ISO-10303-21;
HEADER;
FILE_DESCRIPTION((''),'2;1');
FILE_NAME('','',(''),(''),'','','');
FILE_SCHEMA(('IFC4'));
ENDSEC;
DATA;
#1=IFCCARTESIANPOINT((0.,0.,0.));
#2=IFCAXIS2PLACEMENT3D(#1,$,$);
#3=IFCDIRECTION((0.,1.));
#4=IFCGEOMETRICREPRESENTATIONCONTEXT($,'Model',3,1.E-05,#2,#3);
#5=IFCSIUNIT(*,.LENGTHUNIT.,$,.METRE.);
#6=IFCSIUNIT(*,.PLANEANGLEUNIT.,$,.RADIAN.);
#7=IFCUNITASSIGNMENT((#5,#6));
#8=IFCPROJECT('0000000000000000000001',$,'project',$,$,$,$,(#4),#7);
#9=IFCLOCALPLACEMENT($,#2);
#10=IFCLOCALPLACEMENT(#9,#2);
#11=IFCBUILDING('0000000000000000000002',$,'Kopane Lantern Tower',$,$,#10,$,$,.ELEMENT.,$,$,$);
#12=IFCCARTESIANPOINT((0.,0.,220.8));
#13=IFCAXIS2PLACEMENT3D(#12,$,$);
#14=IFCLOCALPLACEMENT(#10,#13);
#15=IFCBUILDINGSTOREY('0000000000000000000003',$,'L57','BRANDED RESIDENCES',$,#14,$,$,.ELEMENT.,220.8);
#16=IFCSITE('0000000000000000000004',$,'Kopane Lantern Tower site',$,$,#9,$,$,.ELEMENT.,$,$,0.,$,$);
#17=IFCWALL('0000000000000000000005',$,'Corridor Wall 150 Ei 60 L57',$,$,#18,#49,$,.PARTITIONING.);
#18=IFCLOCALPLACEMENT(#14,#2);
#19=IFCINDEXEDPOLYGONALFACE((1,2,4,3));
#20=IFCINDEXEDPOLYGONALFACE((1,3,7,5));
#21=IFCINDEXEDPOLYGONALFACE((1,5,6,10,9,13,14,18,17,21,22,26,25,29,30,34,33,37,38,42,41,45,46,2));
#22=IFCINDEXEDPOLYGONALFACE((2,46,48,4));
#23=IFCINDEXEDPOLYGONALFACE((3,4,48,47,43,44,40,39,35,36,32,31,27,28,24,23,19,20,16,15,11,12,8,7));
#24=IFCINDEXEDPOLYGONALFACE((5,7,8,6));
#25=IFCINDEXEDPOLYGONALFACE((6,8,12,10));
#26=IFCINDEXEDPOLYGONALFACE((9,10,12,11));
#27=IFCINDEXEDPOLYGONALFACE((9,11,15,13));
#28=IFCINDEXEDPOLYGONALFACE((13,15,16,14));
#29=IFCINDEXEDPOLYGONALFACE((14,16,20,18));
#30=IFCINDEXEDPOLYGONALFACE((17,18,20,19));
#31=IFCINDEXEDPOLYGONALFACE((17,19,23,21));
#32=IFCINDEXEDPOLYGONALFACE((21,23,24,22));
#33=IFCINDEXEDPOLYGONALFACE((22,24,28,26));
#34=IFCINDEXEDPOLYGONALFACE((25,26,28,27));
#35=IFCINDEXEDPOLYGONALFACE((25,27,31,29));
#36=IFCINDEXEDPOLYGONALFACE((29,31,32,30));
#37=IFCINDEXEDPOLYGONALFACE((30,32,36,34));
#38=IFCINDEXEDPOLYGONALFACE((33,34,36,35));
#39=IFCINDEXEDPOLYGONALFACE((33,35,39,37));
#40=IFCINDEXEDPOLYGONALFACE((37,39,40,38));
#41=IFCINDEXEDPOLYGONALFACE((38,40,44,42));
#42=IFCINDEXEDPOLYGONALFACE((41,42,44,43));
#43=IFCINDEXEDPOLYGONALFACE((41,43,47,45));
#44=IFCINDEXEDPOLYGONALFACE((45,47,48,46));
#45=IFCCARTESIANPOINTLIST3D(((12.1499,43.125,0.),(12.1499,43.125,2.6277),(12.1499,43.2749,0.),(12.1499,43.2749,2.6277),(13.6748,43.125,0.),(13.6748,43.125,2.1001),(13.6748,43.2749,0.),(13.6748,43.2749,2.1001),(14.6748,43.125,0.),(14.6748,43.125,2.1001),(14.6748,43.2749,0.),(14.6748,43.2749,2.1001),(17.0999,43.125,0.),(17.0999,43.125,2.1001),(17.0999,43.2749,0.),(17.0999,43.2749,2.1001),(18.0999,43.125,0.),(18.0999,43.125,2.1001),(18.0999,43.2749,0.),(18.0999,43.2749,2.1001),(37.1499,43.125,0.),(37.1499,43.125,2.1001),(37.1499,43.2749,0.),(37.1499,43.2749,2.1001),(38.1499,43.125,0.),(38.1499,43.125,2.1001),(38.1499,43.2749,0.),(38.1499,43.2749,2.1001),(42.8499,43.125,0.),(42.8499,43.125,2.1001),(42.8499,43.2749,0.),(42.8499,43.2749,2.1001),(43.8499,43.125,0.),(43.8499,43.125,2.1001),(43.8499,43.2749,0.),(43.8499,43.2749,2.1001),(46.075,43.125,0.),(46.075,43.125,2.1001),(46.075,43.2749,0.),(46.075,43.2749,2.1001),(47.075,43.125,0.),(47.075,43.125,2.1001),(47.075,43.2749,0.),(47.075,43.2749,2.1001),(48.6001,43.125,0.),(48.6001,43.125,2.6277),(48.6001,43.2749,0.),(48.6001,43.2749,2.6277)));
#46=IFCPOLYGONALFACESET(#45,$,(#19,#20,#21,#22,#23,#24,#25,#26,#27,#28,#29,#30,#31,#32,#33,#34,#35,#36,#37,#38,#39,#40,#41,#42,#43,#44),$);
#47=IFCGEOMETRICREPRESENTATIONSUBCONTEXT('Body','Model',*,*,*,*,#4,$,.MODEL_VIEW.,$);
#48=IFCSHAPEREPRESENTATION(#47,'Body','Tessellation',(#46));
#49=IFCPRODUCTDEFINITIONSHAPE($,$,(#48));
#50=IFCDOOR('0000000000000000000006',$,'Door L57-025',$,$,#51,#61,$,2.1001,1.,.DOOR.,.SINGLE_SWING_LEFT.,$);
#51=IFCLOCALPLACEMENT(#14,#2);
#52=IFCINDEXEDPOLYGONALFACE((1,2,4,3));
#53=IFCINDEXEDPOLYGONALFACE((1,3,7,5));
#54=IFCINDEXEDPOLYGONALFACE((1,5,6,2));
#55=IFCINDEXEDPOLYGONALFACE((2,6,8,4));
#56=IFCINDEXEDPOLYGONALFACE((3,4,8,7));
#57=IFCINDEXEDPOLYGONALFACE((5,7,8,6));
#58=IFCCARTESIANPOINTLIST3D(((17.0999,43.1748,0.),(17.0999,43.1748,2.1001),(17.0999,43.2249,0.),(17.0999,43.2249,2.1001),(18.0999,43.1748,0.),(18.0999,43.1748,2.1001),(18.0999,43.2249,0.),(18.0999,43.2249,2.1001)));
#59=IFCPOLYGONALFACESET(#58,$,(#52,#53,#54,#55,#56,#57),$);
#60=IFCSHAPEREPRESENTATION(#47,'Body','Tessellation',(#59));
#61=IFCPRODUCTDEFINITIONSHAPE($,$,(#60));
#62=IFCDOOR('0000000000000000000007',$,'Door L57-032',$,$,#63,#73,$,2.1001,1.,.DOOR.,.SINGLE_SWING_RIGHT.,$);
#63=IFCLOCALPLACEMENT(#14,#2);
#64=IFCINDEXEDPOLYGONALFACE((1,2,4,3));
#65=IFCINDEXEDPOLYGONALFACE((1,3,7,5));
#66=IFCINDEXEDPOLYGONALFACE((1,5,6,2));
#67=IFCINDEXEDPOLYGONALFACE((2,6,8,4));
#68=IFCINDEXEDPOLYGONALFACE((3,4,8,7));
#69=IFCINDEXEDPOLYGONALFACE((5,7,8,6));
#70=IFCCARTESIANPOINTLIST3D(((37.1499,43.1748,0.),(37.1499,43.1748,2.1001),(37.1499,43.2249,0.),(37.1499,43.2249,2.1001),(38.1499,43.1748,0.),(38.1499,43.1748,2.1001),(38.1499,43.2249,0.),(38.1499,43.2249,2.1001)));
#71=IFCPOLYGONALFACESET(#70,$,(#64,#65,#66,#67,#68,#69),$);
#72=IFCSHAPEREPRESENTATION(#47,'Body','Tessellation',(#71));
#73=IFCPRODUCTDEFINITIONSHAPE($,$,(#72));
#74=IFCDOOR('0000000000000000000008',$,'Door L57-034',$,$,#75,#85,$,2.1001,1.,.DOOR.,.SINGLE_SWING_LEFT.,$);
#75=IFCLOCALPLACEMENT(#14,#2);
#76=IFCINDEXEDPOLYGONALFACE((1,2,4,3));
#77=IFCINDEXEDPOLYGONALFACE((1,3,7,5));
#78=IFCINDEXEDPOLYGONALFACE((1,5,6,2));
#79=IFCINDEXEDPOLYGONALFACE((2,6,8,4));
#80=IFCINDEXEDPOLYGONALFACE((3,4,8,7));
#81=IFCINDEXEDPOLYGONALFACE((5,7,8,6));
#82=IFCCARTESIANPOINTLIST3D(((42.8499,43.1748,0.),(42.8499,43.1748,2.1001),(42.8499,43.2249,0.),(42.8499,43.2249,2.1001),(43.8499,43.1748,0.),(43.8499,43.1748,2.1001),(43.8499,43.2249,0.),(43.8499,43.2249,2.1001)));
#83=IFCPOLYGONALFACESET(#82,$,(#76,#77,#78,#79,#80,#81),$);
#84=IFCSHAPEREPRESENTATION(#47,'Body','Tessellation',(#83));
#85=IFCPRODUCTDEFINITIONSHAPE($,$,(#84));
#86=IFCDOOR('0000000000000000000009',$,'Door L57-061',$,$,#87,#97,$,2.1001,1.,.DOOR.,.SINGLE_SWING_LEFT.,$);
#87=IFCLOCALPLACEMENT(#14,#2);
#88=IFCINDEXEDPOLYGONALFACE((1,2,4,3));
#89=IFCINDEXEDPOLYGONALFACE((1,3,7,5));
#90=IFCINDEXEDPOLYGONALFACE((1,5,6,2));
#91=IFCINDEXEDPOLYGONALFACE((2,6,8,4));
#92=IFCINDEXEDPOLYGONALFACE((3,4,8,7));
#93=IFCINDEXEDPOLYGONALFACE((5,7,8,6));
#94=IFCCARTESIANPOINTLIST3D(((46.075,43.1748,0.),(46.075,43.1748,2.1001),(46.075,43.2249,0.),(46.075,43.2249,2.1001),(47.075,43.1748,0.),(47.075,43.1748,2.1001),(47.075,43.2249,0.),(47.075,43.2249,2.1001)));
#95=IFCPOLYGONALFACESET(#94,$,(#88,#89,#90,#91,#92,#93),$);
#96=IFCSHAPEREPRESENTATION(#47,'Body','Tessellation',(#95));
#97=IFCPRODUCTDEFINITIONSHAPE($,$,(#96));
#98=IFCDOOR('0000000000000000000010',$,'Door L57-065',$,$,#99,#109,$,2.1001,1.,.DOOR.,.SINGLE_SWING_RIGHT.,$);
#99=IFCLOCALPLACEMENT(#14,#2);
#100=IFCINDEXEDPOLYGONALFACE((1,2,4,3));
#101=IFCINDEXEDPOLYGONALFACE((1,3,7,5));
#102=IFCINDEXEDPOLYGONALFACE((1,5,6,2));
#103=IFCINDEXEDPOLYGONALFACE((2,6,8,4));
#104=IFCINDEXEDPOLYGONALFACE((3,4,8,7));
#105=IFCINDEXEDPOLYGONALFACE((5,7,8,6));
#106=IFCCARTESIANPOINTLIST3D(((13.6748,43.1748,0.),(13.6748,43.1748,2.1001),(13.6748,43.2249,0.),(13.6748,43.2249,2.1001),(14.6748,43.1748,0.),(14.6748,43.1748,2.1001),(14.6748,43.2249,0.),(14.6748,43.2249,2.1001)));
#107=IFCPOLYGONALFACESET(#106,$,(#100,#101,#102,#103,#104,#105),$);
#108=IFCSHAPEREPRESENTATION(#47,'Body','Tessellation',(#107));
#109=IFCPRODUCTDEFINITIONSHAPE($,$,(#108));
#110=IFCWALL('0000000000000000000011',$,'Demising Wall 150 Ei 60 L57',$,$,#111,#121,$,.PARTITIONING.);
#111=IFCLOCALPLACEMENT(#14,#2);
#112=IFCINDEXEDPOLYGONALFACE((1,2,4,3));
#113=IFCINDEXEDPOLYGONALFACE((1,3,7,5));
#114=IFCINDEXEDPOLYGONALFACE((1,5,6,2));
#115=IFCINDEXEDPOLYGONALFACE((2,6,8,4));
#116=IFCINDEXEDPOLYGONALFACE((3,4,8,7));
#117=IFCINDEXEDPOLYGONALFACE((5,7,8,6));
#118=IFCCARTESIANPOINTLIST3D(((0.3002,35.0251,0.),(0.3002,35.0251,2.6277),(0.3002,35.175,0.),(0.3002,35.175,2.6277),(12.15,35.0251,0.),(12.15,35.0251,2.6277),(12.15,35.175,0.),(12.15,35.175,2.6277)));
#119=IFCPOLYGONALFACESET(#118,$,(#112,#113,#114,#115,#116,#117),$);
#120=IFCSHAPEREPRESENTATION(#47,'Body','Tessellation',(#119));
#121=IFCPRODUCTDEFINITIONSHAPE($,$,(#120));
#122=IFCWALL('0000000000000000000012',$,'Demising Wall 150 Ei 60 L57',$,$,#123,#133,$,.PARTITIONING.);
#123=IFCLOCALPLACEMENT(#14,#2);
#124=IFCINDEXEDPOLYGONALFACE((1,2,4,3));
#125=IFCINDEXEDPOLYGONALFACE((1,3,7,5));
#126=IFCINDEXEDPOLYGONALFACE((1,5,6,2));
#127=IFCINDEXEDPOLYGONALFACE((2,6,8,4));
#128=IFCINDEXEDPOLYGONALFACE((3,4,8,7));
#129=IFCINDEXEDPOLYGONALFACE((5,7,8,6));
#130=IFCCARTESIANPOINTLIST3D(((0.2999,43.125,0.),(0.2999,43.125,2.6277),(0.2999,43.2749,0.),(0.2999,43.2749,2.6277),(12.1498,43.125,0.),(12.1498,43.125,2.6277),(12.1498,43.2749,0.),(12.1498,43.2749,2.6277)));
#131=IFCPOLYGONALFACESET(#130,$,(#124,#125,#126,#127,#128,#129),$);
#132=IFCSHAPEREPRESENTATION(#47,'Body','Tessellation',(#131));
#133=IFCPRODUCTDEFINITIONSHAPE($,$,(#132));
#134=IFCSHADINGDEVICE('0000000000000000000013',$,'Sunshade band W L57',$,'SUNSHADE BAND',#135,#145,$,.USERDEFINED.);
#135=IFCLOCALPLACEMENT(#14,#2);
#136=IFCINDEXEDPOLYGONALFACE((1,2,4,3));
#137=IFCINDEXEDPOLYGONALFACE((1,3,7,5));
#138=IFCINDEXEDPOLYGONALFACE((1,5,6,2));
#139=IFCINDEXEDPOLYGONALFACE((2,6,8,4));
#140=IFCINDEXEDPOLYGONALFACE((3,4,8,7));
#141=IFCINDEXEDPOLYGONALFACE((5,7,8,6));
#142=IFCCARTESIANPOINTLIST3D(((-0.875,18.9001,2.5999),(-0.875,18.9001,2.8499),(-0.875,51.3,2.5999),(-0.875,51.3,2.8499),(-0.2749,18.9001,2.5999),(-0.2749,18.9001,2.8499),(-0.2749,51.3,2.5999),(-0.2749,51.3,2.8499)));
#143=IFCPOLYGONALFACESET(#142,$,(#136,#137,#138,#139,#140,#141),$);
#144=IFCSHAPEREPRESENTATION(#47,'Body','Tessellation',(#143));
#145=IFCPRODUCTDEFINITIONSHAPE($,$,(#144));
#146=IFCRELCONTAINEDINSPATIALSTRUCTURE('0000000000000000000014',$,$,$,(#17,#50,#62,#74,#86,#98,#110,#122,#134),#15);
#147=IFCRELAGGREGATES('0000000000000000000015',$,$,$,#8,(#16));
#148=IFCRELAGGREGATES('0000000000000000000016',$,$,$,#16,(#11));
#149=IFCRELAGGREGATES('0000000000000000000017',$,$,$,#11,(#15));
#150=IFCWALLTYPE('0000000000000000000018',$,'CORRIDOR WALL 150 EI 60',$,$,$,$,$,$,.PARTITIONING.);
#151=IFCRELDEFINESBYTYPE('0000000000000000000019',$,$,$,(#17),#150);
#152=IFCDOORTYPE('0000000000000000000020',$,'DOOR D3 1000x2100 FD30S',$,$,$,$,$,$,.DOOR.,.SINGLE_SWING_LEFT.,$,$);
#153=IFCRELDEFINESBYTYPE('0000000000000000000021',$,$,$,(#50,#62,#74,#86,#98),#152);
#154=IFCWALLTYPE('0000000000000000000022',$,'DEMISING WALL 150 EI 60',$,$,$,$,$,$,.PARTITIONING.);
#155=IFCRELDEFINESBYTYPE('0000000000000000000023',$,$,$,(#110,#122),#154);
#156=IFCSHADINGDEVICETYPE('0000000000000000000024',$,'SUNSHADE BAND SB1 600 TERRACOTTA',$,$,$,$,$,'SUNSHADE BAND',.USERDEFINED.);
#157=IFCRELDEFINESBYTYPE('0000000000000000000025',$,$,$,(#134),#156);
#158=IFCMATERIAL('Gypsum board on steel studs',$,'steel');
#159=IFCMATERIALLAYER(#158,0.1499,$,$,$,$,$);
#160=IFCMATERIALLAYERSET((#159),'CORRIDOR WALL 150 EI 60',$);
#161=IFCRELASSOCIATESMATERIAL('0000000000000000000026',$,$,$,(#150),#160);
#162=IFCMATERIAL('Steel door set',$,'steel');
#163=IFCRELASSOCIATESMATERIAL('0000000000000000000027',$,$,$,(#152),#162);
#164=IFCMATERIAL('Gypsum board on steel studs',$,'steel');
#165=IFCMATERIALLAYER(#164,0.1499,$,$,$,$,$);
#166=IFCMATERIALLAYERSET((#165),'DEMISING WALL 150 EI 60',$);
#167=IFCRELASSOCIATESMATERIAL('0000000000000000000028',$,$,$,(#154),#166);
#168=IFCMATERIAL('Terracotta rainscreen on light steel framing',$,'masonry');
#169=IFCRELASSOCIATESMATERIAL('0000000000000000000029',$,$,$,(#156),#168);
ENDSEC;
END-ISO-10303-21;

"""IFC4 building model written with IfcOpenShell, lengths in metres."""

from ifc_helpers import new_model, si_unit, direction, frame, frame_2d, origin, origin_2d, place, context, subcontext, project, spatial, rectangle, extrude, material, layer, layer_set, type_object, element, fill, save


model = new_model("IFC4")

# Units and contexts
model_context = context("Model", 3, precision=1e-05, world=origin(), true_north=direction((0.0, 1.0)))
body_context = subcontext(model_context, "Body", "Model", "MODEL_VIEW")
ifc_project = project(units=[si_unit("LENGTHUNIT", "METRE"), si_unit("PLANEANGLEUNIT", "RADIAN")], contexts=[model_context])

# Site, building, storey
site_placement = place(None, origin())
site = spatial("IfcSite", under=ifc_project, at=site_placement, Name="Kopane Lantern Tower site", CompositionType="ELEMENT", RefElevation=0.0)
building_placement = place(site_placement, origin())
building = spatial("IfcBuilding", under=site, at=building_placement, Name="Kopane Lantern Tower", CompositionType="ELEMENT")
storey_placement = place(building_placement, frame((0.0, 0.0, 220.8)))
storey = spatial("IfcBuildingStorey", under=building, at=storey_placement, Name="L57", Description="BRANDED RESIDENCES", CompositionType="ELEMENT", Elevation=220.8)

# Wall, openings, doors
ifc_material_1 = material(Name="Gypsum board on steel studs", Category="steel")
ifc_layer_1 = layer(ifc_material_1, 0.1499)
ifc_layer_set_1 = layer_set([ifc_layer_1], Name="CORRIDOR WALL 150 EI 60")
wall_type_1 = type_object("IfcWallType", Name="CORRIDOR WALL 150 EI 60", PredefinedType="PARTITIONING", material=ifc_layer_set_1)
wall_1_placement = place(storey_placement, frame((12.1499, 43.2, 0.0), z_axis=(0.0, 0.0, 1.0), x_axis=(1.0, 0.0, 0.0)))
wall_1 = element("IfcWall", 1, at=wall_1_placement, inside=storey, type_object=wall_type_1, Name="Corridor Wall 150 Ei 60 L57", PredefinedType="PARTITIONING", context=body_context, shape_type="SweptSolid", body=[
    extrude(rectangle(XDim=36.4502, YDim=0.1499, at=frame_2d((18.2251, 0.0))), origin(), (0.0, 0.0, 1.0), 2.6277),
])
opening_1_placement = place(wall_1_placement, frame((4.95, 0.0, 0.0)))
opening_1 = element("IfcOpeningElement", 2, at=opening_1_placement, cuts=wall_1, PredefinedType="OPENING", context=body_context, shape_type="SweptSolid", body=[
    extrude(rectangle(XDim=1.0, YDim=2.1001, at=frame_2d((0.5, 1.05))), frame((0.0, 0.085, 0.0), z_axis=(0.0, -1.0, 0.0), x_axis=(1.0, 0.0, 0.0)), (0.0, 0.0, 1.0), 0.1699),
])
opening_2_placement = place(wall_1_placement, frame((25.0, 0.0, 0.0)))
opening_2 = element("IfcOpeningElement", 3, at=opening_2_placement, cuts=wall_1, PredefinedType="OPENING", context=body_context, shape_type="SweptSolid", body=[
    extrude(rectangle(XDim=1.0, YDim=2.1001, at=frame_2d((0.5, 1.05))), frame((0.0, 0.085, 0.0), z_axis=(0.0, -1.0, 0.0), x_axis=(1.0, 0.0, 0.0)), (0.0, 0.0, 1.0), 0.1699),
])
opening_3_placement = place(wall_1_placement, frame((30.7, 0.0, 0.0)))
opening_3 = element("IfcOpeningElement", 4, at=opening_3_placement, cuts=wall_1, PredefinedType="OPENING", context=body_context, shape_type="SweptSolid", body=[
    extrude(rectangle(XDim=1.0, YDim=2.1001, at=frame_2d((0.5, 1.05))), frame((0.0, 0.085, 0.0), z_axis=(0.0, -1.0, 0.0), x_axis=(1.0, 0.0, 0.0)), (0.0, 0.0, 1.0), 0.1699),
])
opening_4_placement = place(wall_1_placement, frame((33.925, 0.0, 0.0)))
opening_4 = element("IfcOpeningElement", 5, at=opening_4_placement, cuts=wall_1, PredefinedType="OPENING", context=body_context, shape_type="SweptSolid", body=[
    extrude(rectangle(XDim=1.0, YDim=2.1001, at=frame_2d((0.5, 1.05))), frame((0.0, 0.085, 0.0), z_axis=(0.0, -1.0, 0.0), x_axis=(1.0, 0.0, 0.0)), (0.0, 0.0, 1.0), 0.1699),
])
opening_5_placement = place(wall_1_placement, frame((1.5249, 0.0, 0.0)))
opening_5 = element("IfcOpeningElement", 6, at=opening_5_placement, cuts=wall_1, PredefinedType="OPENING", context=body_context, shape_type="SweptSolid", body=[
    extrude(rectangle(XDim=1.0, YDim=2.1001, at=frame_2d((0.5, 1.05))), frame((0.0, 0.085, 0.0), z_axis=(0.0, -1.0, 0.0), x_axis=(1.0, 0.0, 0.0)), (0.0, 0.0, 1.0), 0.1699),
])
ifc_material_2 = material(Name="Steel door set", Category="steel")
door_type_1 = type_object("IfcDoorType", Name="DOOR D3 1000x2100 FD30S", OperationType="SINGLE_SWING_LEFT", PredefinedType="DOOR", material=ifc_material_2)
door_1_placement = place(opening_1_placement, origin())
door_1 = element("IfcDoor", 7, at=door_1_placement, inside=storey, type_object=door_type_1, Name="Door L57-025", OperationType="SINGLE_SWING_LEFT", OverallHeight=2.1001, OverallWidth=1.0, PredefinedType="DOOR", context=body_context, shape_type="SweptSolid", body=[
    extrude(rectangle(XDim=1.0, YDim=2.1001, at=frame_2d((0.5, 1.05))), frame((0.0, 0.0249, 0.0), z_axis=(0.0, -1.0, 0.0), x_axis=(1.0, 0.0, 0.0)), (0.0, 0.0, 1.0), 0.05),
])
fill(opening_1, door_1)
door_2_placement = place(opening_2_placement, origin())
door_2 = element("IfcDoor", 8, at=door_2_placement, inside=storey, type_object=door_type_1, Name="Door L57-032", OperationType="SINGLE_SWING_RIGHT", OverallHeight=2.1001, OverallWidth=1.0, PredefinedType="DOOR", context=body_context, shape_type="SweptSolid", body=[
    extrude(rectangle(XDim=1.0, YDim=2.1001, at=frame_2d((0.5, 1.05))), frame((0.0, 0.0249, 0.0), z_axis=(0.0, -1.0, 0.0), x_axis=(1.0, 0.0, 0.0)), (0.0, 0.0, 1.0), 0.05),
])
fill(opening_2, door_2)
door_3_placement = place(opening_3_placement, origin())
door_3 = element("IfcDoor", 9, at=door_3_placement, inside=storey, type_object=door_type_1, Name="Door L57-034", OperationType="SINGLE_SWING_LEFT", OverallHeight=2.1001, OverallWidth=1.0, PredefinedType="DOOR", context=body_context, shape_type="SweptSolid", body=[
    extrude(rectangle(XDim=1.0, YDim=2.1001, at=frame_2d((0.5, 1.05))), frame((0.0, 0.0249, 0.0), z_axis=(0.0, -1.0, 0.0), x_axis=(1.0, 0.0, 0.0)), (0.0, 0.0, 1.0), 0.05),
])
fill(opening_3, door_3)
door_4_placement = place(opening_4_placement, origin())
door_4 = element("IfcDoor", 10, at=door_4_placement, inside=storey, type_object=door_type_1, Name="Door L57-061", OperationType="SINGLE_SWING_LEFT", OverallHeight=2.1001, OverallWidth=1.0, PredefinedType="DOOR", context=body_context, shape_type="SweptSolid", body=[
    extrude(rectangle(XDim=1.0, YDim=2.1001, at=frame_2d((0.5, 1.05))), frame((0.0, 0.0249, 0.0), z_axis=(0.0, -1.0, 0.0), x_axis=(1.0, 0.0, 0.0)), (0.0, 0.0, 1.0), 0.05),
])
fill(opening_4, door_4)
door_5_placement = place(opening_5_placement, origin())
door_5 = element("IfcDoor", 11, at=door_5_placement, inside=storey, type_object=door_type_1, Name="Door L57-065", OperationType="SINGLE_SWING_RIGHT", OverallHeight=2.1001, OverallWidth=1.0, PredefinedType="DOOR", context=body_context, shape_type="SweptSolid", body=[
    extrude(rectangle(XDim=1.0, YDim=2.1001, at=frame_2d((0.5, 1.05))), frame((0.0, 0.0249, 0.0), z_axis=(0.0, -1.0, 0.0), x_axis=(1.0, 0.0, 0.0)), (0.0, 0.0, 1.0), 0.05),
])
fill(opening_5, door_5)

# Walls
ifc_material_3 = material(Name="Gypsum board on steel studs", Category="steel")
ifc_layer_2 = layer(ifc_material_3, 0.1499)
ifc_layer_set_2 = layer_set([ifc_layer_2], Name="DEMISING WALL 150 EI 60")
wall_type_2 = type_object("IfcWallType", Name="DEMISING WALL 150 EI 60", PredefinedType="PARTITIONING", material=ifc_layer_set_2)
for number, where, z_axis, x_axis, name in (
    (12, (12.1499, 35.1001, 0.0), (0.0, 0.0, 1.0), (-1.0, 0.0, 0.0), "Demising Wall 150 Ei 60 L57"),
    (13, (0.3, 43.2, 0.0), (0.0, 0.0, 1.0), (1.0, 0.0, 0.0), "Demising Wall 150 Ei 60 L57"),
):
    element("IfcWall", number, at=place(storey_placement, frame(where, z_axis=z_axis, x_axis=x_axis)), inside=storey, type_object=wall_type_2, Name=name, PredefinedType="PARTITIONING", context=body_context, shape_type="SweptSolid", body=[
        extrude(rectangle(XDim=11.8499, YDim=0.1499, at=frame_2d((5.9248, 0.0))), origin(), (0.0, 0.0, 1.0), 2.6277),
    ])

# Shading device
ifc_material_4 = material(Name="Terracotta rainscreen on light steel framing", Category="masonry")
shading_device_type = type_object("IfcShadingDeviceType", Name="SUNSHADE BAND SB1 600 TERRACOTTA", ElementType="SUNSHADE BAND", PredefinedType="USERDEFINED", material=ifc_material_4)
shading_device_placement = place(storey_placement, frame((-0.575, 35.1001, 2.5999), z_axis=(0.0, 0.0, 1.0), x_axis=(0.0, -1.0, 0.0)))
element("IfcShadingDevice", 14, at=shading_device_placement, inside=storey, type_object=shading_device_type, Name="Sunshade band W L57", ObjectType="SUNSHADE BAND", PredefinedType="USERDEFINED", context=body_context, shape_type="SweptSolid", body=[
    extrude(rectangle(XDim=32.3999, YDim=0.6001, at=origin_2d()), origin(), (0.0, 0.0, 1.0), 0.25),
])

save(model, "model.ifc")
